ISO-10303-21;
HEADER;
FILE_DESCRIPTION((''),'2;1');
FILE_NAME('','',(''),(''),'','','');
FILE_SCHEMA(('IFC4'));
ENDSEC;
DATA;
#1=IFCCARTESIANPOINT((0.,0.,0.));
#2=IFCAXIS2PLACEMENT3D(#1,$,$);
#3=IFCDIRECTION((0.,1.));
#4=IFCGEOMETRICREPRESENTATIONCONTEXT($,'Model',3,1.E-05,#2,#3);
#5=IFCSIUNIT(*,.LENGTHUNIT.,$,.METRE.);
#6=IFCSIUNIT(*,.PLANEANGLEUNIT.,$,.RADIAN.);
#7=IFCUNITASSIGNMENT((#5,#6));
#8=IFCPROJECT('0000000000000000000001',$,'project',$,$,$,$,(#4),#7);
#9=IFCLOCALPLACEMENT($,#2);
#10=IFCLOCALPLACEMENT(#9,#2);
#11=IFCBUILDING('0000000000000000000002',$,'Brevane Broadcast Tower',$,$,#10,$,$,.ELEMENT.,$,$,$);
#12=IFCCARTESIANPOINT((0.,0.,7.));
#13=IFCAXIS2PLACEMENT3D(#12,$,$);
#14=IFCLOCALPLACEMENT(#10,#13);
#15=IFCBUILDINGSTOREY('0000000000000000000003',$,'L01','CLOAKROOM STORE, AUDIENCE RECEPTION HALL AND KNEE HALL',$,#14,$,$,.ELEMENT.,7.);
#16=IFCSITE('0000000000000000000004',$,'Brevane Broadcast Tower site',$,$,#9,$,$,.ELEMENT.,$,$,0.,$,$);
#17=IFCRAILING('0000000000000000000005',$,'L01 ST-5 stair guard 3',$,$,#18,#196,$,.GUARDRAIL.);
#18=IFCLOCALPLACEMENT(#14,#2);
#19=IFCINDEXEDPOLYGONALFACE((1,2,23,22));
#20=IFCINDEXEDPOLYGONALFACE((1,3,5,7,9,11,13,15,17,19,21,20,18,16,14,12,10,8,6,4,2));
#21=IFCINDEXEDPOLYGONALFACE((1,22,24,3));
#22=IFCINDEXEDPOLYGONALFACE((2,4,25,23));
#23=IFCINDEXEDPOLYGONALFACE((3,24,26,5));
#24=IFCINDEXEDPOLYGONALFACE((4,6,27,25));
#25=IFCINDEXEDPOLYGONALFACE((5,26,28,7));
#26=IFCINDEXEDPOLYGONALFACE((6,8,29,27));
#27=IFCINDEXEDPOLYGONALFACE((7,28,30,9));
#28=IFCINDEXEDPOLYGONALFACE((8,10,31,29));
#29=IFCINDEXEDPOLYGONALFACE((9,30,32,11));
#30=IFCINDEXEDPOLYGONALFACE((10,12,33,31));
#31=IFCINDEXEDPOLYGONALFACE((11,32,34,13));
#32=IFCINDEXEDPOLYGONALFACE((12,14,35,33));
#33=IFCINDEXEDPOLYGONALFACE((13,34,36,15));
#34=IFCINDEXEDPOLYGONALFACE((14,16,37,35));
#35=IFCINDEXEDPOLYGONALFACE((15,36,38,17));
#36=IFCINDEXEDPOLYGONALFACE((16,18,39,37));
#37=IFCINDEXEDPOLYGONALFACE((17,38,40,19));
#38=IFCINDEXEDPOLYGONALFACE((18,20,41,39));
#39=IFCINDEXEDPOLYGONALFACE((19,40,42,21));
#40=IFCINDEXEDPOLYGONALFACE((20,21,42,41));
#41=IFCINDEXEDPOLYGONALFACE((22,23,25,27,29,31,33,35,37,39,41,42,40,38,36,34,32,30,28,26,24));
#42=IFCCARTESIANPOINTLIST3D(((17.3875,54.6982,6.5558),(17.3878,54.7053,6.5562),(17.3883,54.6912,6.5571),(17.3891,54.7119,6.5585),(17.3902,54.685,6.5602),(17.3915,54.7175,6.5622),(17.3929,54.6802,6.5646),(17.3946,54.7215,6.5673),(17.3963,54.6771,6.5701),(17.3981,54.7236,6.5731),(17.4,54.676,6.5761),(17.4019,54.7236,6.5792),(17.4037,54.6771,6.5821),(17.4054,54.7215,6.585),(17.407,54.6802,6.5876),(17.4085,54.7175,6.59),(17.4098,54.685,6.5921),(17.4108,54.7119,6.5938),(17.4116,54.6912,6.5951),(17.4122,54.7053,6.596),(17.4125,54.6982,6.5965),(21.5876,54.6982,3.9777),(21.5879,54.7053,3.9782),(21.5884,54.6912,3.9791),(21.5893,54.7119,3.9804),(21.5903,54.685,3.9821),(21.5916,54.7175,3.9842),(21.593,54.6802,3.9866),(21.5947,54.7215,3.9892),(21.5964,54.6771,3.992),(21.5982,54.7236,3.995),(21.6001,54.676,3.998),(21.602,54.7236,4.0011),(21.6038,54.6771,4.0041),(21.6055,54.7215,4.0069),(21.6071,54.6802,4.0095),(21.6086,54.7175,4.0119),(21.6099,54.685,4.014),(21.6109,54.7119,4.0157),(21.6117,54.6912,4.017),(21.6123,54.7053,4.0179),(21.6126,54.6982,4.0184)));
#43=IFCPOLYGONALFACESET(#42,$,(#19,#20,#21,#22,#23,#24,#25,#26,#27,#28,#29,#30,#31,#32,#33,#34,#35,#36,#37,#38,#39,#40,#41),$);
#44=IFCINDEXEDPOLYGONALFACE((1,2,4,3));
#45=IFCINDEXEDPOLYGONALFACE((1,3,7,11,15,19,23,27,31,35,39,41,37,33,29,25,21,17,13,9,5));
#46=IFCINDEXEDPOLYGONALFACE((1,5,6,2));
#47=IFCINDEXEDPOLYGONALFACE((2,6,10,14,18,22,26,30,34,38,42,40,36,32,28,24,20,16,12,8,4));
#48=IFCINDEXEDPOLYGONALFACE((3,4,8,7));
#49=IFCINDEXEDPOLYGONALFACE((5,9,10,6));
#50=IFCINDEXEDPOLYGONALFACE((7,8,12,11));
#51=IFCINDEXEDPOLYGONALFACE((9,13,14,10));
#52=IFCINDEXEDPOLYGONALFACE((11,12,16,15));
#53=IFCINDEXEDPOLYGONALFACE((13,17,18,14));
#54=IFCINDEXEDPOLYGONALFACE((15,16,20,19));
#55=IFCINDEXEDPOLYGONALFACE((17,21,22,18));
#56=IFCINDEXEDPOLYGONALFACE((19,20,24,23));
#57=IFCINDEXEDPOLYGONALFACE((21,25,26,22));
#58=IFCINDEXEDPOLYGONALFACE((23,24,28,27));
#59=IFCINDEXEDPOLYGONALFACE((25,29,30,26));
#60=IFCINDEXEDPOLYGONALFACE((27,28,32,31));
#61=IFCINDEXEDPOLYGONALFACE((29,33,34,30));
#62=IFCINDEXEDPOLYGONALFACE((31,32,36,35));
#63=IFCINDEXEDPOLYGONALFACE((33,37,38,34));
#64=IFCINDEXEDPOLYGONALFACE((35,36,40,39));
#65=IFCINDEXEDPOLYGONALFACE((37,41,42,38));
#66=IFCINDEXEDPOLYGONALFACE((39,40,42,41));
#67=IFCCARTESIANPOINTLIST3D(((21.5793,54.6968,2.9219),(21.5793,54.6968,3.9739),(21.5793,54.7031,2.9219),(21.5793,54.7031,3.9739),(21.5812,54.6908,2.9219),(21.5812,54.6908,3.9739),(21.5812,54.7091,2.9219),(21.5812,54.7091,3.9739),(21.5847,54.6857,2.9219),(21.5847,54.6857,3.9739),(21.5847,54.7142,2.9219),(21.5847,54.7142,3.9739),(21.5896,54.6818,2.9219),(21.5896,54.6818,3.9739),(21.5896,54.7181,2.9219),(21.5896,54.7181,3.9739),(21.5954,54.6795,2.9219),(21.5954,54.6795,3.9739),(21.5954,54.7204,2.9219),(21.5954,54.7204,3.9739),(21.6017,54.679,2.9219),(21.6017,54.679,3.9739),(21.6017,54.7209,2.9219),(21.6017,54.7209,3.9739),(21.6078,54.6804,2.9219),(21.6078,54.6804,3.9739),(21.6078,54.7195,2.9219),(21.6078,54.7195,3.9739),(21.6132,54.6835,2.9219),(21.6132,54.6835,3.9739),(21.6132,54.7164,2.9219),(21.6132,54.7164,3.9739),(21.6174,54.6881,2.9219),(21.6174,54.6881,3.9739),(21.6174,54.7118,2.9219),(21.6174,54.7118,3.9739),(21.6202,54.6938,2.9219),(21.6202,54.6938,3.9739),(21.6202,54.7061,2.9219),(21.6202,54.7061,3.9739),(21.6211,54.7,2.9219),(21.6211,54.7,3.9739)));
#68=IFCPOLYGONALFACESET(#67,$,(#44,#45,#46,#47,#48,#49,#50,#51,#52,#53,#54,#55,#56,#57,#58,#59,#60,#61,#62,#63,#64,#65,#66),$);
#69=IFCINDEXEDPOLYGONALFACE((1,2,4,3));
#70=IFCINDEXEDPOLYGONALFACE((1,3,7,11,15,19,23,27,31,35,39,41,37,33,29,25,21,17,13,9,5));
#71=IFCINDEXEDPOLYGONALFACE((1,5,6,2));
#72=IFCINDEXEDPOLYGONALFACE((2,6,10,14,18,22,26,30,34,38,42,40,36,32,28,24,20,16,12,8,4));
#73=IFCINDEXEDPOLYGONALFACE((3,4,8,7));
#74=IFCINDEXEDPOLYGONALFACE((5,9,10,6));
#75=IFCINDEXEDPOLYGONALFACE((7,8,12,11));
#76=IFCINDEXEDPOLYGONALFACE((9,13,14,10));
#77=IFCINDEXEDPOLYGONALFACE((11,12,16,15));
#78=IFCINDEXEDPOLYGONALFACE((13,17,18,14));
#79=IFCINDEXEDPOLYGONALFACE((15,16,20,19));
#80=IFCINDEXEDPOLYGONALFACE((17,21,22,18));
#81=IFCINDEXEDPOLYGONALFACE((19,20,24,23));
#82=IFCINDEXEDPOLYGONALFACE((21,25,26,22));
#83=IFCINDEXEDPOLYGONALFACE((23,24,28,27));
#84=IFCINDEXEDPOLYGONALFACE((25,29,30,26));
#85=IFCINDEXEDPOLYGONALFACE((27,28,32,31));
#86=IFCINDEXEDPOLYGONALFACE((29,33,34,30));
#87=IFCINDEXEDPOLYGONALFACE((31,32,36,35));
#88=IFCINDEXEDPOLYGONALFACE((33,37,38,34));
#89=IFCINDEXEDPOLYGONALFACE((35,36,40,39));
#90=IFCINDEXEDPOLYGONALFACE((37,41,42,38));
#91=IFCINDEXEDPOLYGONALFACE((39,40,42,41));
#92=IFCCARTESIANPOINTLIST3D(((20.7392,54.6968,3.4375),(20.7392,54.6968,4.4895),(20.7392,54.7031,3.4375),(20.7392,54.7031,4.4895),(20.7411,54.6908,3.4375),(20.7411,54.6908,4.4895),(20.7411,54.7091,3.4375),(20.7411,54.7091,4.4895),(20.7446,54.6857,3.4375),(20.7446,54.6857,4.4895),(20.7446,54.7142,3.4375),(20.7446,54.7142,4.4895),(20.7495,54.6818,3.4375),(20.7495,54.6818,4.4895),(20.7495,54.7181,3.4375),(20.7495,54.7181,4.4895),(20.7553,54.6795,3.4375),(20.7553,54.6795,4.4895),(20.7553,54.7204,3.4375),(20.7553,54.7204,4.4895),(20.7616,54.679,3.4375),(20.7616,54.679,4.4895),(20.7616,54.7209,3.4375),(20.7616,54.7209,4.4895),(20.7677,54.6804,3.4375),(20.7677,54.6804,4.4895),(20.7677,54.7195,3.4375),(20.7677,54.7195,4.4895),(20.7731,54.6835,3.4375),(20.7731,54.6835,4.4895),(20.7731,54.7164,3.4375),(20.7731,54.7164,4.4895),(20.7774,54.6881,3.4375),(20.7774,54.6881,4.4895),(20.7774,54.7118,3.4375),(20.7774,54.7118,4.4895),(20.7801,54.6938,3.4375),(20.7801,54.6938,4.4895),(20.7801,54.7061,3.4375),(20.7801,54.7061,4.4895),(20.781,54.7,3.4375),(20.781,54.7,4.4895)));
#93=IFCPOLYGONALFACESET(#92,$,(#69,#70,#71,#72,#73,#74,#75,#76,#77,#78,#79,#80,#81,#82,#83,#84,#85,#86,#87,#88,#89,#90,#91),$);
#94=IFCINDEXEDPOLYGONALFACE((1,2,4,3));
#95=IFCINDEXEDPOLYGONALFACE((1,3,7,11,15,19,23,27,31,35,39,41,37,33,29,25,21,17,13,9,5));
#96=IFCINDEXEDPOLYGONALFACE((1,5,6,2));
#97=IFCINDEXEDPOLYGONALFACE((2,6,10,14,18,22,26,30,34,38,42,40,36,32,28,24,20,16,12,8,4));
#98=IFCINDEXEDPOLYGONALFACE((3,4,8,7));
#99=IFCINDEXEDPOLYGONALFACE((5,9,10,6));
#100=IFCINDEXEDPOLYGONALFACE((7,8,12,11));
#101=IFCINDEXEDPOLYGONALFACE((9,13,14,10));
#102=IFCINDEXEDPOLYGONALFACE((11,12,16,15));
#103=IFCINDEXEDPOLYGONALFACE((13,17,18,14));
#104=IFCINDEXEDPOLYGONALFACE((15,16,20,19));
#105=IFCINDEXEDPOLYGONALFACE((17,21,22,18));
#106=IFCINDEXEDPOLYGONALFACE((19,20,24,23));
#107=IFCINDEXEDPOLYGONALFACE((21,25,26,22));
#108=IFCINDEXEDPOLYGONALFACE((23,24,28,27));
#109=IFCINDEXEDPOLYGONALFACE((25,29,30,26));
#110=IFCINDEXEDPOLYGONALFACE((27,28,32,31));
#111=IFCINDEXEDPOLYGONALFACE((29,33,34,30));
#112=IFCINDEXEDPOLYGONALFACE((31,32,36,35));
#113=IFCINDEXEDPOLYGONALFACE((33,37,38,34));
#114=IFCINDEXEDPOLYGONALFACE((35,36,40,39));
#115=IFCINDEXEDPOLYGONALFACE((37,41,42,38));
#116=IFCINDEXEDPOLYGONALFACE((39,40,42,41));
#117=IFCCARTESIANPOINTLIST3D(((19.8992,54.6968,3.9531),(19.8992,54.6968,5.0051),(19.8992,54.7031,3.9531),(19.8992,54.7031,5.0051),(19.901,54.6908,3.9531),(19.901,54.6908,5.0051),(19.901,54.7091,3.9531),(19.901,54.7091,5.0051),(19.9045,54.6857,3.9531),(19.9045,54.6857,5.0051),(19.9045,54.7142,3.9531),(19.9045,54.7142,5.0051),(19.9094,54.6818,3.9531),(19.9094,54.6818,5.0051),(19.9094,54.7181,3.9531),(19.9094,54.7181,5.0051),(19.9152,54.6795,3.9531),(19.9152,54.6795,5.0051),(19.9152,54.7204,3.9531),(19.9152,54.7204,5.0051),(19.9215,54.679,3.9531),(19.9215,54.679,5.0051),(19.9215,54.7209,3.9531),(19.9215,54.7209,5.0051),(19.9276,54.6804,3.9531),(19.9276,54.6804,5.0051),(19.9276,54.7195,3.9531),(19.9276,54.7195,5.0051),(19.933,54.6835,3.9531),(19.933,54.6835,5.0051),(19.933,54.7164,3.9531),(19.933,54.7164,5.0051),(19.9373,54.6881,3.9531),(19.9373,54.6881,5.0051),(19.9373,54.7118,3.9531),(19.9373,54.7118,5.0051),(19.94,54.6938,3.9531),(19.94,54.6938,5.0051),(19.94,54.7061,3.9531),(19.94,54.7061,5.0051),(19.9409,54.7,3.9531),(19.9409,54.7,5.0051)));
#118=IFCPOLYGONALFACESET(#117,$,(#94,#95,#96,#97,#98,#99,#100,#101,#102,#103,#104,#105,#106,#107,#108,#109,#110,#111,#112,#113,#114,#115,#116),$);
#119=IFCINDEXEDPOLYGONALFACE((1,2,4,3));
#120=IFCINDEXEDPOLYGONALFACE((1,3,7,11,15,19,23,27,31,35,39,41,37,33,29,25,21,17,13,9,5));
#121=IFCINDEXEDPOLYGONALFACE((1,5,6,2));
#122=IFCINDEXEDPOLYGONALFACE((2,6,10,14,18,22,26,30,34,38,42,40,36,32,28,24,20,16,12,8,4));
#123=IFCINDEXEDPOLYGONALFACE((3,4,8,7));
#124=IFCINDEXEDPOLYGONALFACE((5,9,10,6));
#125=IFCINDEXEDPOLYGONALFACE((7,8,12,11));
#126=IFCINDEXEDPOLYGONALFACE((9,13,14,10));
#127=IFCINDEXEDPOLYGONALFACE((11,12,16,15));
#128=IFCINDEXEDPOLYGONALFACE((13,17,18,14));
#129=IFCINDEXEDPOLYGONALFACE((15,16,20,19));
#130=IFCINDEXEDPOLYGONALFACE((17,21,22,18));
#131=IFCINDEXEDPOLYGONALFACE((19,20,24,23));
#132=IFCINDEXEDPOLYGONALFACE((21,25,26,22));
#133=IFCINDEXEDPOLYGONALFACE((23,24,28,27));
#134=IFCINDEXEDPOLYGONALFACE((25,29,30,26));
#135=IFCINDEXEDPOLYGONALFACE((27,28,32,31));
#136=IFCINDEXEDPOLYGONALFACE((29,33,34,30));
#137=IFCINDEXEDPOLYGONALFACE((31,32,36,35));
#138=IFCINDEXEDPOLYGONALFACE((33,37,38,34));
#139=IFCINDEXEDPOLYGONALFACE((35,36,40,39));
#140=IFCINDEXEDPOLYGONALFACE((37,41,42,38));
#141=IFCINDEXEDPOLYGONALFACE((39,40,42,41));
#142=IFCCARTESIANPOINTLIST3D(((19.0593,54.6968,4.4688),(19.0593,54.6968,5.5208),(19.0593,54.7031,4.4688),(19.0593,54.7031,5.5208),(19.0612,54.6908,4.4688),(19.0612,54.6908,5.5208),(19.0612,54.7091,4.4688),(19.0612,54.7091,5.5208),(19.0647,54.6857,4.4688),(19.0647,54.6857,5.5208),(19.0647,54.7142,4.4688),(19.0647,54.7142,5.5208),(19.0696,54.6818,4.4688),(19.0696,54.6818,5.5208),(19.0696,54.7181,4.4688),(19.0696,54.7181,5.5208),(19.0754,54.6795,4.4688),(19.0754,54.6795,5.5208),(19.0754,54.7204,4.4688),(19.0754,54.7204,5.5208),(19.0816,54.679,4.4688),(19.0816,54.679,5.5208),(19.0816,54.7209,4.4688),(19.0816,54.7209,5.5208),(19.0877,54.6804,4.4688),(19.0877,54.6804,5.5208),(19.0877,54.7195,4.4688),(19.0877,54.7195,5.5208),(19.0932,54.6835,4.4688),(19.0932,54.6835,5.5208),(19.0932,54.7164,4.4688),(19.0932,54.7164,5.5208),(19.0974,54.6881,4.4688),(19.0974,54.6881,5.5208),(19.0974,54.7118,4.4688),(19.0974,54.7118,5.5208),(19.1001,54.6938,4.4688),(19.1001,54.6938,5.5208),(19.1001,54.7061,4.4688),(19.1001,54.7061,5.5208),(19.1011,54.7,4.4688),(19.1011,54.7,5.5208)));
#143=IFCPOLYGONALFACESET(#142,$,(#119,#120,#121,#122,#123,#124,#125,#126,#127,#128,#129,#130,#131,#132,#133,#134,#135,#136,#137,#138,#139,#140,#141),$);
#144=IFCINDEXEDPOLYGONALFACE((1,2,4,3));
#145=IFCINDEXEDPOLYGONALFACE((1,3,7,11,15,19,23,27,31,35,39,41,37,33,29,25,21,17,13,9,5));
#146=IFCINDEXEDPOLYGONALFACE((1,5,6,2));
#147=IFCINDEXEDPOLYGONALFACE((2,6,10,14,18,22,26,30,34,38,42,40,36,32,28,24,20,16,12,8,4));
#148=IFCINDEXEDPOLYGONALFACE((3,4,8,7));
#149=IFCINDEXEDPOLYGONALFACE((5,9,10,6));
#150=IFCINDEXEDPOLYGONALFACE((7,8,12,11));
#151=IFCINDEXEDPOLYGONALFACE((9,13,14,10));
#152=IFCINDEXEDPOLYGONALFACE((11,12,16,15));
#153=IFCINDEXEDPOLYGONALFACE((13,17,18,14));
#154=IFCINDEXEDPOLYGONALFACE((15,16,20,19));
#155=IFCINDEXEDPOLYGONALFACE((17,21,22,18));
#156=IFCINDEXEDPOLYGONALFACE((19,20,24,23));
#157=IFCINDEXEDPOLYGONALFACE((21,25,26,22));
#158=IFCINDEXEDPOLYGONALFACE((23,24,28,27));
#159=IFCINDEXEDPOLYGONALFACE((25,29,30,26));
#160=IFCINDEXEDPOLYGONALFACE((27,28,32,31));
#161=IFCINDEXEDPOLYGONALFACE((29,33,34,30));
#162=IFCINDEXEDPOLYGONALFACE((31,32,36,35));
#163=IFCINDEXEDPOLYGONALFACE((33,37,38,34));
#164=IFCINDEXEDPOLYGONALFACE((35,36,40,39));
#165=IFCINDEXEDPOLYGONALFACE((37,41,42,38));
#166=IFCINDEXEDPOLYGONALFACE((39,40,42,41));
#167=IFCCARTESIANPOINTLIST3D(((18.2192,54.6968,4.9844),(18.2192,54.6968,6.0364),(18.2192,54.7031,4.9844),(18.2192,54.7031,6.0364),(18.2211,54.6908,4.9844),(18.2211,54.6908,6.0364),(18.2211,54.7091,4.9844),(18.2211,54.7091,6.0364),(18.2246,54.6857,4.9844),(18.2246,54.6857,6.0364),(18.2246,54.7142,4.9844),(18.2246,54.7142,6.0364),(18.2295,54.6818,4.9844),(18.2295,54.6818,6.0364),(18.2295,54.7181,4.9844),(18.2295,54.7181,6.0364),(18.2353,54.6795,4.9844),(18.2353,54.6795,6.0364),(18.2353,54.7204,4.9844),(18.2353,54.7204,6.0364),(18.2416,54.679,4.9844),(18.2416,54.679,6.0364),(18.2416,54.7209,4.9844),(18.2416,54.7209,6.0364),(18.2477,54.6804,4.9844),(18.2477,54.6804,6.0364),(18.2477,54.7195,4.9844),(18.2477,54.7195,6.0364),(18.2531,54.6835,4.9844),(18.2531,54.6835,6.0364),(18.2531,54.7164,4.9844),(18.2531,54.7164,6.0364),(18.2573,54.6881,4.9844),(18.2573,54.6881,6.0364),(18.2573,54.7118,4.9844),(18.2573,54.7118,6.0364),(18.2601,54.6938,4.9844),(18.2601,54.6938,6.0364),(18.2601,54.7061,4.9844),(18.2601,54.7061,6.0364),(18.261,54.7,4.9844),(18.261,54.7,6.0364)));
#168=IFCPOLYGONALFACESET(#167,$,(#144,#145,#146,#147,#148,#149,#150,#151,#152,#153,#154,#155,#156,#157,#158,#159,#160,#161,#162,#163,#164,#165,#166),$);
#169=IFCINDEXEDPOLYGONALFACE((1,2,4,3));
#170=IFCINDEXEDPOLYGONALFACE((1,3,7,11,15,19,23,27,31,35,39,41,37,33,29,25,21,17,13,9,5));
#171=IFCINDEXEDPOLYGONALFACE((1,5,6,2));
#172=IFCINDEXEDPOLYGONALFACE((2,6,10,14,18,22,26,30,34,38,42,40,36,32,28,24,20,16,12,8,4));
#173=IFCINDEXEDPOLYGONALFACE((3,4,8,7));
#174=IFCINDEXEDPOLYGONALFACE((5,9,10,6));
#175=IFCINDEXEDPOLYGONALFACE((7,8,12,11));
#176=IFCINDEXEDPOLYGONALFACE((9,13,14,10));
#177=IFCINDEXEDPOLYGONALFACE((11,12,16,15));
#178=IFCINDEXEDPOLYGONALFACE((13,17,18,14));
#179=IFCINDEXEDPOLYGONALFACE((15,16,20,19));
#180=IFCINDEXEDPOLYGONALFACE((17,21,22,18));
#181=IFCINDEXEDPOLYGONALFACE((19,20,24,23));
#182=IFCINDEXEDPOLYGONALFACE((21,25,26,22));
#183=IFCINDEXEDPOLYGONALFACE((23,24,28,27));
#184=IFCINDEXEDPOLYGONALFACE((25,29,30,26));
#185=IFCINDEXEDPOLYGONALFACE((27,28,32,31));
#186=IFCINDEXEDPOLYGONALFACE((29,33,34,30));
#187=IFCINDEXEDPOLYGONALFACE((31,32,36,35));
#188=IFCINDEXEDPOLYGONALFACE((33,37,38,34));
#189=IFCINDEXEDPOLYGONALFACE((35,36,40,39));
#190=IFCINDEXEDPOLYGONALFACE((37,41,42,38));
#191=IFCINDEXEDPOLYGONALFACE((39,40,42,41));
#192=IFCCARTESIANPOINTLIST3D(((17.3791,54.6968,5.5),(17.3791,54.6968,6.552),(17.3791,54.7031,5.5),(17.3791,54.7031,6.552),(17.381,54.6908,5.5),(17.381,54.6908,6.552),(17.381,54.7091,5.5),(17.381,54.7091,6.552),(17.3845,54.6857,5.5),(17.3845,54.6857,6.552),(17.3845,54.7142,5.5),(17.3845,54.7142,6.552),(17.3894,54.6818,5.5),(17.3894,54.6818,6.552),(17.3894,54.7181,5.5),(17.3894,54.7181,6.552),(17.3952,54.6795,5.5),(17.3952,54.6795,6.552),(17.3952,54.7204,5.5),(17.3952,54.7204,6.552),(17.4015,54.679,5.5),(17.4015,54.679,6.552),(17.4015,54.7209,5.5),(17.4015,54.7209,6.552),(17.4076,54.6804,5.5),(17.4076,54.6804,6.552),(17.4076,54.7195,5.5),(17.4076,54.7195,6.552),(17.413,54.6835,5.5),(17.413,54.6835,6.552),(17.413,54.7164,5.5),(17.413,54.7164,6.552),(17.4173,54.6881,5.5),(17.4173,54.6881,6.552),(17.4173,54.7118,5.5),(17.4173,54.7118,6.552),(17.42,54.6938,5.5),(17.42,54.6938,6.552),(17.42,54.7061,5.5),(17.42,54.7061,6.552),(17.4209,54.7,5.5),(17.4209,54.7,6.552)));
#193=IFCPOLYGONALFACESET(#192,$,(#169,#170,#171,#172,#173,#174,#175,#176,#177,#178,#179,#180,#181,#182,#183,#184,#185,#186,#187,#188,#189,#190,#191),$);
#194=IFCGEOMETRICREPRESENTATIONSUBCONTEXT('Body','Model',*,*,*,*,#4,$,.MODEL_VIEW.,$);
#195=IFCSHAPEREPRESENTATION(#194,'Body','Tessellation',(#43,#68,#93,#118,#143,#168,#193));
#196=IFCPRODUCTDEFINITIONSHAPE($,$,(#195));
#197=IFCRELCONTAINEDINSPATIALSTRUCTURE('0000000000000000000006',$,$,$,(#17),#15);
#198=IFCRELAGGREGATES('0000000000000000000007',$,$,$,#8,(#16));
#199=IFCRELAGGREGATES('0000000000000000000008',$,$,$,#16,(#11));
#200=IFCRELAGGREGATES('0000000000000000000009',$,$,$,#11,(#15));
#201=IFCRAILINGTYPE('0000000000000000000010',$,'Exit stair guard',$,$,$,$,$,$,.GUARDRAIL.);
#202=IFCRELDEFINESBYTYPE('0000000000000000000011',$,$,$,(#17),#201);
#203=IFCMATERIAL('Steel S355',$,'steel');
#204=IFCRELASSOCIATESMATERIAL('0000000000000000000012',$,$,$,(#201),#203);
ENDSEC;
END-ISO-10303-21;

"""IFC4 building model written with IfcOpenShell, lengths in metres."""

from ifc_helpers import new_model, si_unit, direction, frame, origin, origin_2d, place, context, subcontext, project, spatial, circle, extrude, material, type_object, element, save


model = new_model("IFC4")

# Units and contexts
model_context = context("Model", 3, precision=1e-05, world=origin(), true_north=direction((0.0, 1.0)))
body_context = subcontext(model_context, "Body", "Model", "MODEL_VIEW")
ifc_project = project(units=[si_unit("LENGTHUNIT", "METRE"), si_unit("PLANEANGLEUNIT", "RADIAN")], contexts=[model_context])

# Site, building, storey
site_placement = place(None, origin())
site = spatial("IfcSite", under=ifc_project, at=site_placement, Name="Brevane Broadcast Tower site", CompositionType="ELEMENT", RefElevation=0.0)
building_placement = place(site_placement, origin())
building = spatial("IfcBuilding", under=site, at=building_placement, Name="Brevane Broadcast Tower", CompositionType="ELEMENT")
storey_placement = place(building_placement, frame((0.0, 0.0, 7.0)))
storey = spatial("IfcBuildingStorey", under=building, at=storey_placement, Name="L01", Description="CLOAKROOM STORE, AUDIENCE RECEPTION HALL AND KNEE HALL", CompositionType="ELEMENT", Elevation=7.0)

# Railing
ifc_material_1 = material(Name="Steel S355", Category="steel")
railing_type_1 = type_object("IfcRailingType", Name="Exit stair guard", PredefinedType="GUARDRAIL", material=ifc_material_1)
railing_1_placement = place(storey_placement, frame((21.6001, 54.7, 2.9219)))
element("IfcRailing", 1, at=railing_1_placement, inside=storey, type_object=railing_type_1, Name="L01 ST-5 stair guard 3", PredefinedType="GUARDRAIL", context=body_context, shape_type="SweptSolid", body=[
    extrude(circle(Radius=0.0239, at=origin_2d()), frame((0.0, 0.0, 1.0762), z_axis=(-0.852256, 0.0, 0.523124), x_axis=(0.0, -1.0, 0.0)), (0.0, 0.0, 1.0), 4.9282),
    extrude(circle(Radius=0.021, at=origin_2d()), origin(), (0.0, 0.0, 1.0), 1.052),
    extrude(circle(Radius=0.021, at=origin_2d()), frame((-0.8401, 0.0, 0.5156)), (0.0, 0.0, 1.0), 1.052),
    extrude(circle(Radius=0.021, at=origin_2d()), frame((-1.6802, 0.0, 1.0312)), (0.0, 0.0, 1.0), 1.052),
    extrude(circle(Radius=0.021, at=origin_2d()), frame((-2.52, 0.0, 1.5469)), (0.0, 0.0, 1.0), 1.052),
    extrude(circle(Radius=0.021, at=origin_2d()), frame((-3.3601, 0.0, 2.0625)), (0.0, 0.0, 1.0), 1.052),
    extrude(circle(Radius=0.021, at=origin_2d()), frame((-4.2002, 0.0, 2.5781)), (0.0, 0.0, 1.0), 1.052),
])

save(model, "model.ifc")
